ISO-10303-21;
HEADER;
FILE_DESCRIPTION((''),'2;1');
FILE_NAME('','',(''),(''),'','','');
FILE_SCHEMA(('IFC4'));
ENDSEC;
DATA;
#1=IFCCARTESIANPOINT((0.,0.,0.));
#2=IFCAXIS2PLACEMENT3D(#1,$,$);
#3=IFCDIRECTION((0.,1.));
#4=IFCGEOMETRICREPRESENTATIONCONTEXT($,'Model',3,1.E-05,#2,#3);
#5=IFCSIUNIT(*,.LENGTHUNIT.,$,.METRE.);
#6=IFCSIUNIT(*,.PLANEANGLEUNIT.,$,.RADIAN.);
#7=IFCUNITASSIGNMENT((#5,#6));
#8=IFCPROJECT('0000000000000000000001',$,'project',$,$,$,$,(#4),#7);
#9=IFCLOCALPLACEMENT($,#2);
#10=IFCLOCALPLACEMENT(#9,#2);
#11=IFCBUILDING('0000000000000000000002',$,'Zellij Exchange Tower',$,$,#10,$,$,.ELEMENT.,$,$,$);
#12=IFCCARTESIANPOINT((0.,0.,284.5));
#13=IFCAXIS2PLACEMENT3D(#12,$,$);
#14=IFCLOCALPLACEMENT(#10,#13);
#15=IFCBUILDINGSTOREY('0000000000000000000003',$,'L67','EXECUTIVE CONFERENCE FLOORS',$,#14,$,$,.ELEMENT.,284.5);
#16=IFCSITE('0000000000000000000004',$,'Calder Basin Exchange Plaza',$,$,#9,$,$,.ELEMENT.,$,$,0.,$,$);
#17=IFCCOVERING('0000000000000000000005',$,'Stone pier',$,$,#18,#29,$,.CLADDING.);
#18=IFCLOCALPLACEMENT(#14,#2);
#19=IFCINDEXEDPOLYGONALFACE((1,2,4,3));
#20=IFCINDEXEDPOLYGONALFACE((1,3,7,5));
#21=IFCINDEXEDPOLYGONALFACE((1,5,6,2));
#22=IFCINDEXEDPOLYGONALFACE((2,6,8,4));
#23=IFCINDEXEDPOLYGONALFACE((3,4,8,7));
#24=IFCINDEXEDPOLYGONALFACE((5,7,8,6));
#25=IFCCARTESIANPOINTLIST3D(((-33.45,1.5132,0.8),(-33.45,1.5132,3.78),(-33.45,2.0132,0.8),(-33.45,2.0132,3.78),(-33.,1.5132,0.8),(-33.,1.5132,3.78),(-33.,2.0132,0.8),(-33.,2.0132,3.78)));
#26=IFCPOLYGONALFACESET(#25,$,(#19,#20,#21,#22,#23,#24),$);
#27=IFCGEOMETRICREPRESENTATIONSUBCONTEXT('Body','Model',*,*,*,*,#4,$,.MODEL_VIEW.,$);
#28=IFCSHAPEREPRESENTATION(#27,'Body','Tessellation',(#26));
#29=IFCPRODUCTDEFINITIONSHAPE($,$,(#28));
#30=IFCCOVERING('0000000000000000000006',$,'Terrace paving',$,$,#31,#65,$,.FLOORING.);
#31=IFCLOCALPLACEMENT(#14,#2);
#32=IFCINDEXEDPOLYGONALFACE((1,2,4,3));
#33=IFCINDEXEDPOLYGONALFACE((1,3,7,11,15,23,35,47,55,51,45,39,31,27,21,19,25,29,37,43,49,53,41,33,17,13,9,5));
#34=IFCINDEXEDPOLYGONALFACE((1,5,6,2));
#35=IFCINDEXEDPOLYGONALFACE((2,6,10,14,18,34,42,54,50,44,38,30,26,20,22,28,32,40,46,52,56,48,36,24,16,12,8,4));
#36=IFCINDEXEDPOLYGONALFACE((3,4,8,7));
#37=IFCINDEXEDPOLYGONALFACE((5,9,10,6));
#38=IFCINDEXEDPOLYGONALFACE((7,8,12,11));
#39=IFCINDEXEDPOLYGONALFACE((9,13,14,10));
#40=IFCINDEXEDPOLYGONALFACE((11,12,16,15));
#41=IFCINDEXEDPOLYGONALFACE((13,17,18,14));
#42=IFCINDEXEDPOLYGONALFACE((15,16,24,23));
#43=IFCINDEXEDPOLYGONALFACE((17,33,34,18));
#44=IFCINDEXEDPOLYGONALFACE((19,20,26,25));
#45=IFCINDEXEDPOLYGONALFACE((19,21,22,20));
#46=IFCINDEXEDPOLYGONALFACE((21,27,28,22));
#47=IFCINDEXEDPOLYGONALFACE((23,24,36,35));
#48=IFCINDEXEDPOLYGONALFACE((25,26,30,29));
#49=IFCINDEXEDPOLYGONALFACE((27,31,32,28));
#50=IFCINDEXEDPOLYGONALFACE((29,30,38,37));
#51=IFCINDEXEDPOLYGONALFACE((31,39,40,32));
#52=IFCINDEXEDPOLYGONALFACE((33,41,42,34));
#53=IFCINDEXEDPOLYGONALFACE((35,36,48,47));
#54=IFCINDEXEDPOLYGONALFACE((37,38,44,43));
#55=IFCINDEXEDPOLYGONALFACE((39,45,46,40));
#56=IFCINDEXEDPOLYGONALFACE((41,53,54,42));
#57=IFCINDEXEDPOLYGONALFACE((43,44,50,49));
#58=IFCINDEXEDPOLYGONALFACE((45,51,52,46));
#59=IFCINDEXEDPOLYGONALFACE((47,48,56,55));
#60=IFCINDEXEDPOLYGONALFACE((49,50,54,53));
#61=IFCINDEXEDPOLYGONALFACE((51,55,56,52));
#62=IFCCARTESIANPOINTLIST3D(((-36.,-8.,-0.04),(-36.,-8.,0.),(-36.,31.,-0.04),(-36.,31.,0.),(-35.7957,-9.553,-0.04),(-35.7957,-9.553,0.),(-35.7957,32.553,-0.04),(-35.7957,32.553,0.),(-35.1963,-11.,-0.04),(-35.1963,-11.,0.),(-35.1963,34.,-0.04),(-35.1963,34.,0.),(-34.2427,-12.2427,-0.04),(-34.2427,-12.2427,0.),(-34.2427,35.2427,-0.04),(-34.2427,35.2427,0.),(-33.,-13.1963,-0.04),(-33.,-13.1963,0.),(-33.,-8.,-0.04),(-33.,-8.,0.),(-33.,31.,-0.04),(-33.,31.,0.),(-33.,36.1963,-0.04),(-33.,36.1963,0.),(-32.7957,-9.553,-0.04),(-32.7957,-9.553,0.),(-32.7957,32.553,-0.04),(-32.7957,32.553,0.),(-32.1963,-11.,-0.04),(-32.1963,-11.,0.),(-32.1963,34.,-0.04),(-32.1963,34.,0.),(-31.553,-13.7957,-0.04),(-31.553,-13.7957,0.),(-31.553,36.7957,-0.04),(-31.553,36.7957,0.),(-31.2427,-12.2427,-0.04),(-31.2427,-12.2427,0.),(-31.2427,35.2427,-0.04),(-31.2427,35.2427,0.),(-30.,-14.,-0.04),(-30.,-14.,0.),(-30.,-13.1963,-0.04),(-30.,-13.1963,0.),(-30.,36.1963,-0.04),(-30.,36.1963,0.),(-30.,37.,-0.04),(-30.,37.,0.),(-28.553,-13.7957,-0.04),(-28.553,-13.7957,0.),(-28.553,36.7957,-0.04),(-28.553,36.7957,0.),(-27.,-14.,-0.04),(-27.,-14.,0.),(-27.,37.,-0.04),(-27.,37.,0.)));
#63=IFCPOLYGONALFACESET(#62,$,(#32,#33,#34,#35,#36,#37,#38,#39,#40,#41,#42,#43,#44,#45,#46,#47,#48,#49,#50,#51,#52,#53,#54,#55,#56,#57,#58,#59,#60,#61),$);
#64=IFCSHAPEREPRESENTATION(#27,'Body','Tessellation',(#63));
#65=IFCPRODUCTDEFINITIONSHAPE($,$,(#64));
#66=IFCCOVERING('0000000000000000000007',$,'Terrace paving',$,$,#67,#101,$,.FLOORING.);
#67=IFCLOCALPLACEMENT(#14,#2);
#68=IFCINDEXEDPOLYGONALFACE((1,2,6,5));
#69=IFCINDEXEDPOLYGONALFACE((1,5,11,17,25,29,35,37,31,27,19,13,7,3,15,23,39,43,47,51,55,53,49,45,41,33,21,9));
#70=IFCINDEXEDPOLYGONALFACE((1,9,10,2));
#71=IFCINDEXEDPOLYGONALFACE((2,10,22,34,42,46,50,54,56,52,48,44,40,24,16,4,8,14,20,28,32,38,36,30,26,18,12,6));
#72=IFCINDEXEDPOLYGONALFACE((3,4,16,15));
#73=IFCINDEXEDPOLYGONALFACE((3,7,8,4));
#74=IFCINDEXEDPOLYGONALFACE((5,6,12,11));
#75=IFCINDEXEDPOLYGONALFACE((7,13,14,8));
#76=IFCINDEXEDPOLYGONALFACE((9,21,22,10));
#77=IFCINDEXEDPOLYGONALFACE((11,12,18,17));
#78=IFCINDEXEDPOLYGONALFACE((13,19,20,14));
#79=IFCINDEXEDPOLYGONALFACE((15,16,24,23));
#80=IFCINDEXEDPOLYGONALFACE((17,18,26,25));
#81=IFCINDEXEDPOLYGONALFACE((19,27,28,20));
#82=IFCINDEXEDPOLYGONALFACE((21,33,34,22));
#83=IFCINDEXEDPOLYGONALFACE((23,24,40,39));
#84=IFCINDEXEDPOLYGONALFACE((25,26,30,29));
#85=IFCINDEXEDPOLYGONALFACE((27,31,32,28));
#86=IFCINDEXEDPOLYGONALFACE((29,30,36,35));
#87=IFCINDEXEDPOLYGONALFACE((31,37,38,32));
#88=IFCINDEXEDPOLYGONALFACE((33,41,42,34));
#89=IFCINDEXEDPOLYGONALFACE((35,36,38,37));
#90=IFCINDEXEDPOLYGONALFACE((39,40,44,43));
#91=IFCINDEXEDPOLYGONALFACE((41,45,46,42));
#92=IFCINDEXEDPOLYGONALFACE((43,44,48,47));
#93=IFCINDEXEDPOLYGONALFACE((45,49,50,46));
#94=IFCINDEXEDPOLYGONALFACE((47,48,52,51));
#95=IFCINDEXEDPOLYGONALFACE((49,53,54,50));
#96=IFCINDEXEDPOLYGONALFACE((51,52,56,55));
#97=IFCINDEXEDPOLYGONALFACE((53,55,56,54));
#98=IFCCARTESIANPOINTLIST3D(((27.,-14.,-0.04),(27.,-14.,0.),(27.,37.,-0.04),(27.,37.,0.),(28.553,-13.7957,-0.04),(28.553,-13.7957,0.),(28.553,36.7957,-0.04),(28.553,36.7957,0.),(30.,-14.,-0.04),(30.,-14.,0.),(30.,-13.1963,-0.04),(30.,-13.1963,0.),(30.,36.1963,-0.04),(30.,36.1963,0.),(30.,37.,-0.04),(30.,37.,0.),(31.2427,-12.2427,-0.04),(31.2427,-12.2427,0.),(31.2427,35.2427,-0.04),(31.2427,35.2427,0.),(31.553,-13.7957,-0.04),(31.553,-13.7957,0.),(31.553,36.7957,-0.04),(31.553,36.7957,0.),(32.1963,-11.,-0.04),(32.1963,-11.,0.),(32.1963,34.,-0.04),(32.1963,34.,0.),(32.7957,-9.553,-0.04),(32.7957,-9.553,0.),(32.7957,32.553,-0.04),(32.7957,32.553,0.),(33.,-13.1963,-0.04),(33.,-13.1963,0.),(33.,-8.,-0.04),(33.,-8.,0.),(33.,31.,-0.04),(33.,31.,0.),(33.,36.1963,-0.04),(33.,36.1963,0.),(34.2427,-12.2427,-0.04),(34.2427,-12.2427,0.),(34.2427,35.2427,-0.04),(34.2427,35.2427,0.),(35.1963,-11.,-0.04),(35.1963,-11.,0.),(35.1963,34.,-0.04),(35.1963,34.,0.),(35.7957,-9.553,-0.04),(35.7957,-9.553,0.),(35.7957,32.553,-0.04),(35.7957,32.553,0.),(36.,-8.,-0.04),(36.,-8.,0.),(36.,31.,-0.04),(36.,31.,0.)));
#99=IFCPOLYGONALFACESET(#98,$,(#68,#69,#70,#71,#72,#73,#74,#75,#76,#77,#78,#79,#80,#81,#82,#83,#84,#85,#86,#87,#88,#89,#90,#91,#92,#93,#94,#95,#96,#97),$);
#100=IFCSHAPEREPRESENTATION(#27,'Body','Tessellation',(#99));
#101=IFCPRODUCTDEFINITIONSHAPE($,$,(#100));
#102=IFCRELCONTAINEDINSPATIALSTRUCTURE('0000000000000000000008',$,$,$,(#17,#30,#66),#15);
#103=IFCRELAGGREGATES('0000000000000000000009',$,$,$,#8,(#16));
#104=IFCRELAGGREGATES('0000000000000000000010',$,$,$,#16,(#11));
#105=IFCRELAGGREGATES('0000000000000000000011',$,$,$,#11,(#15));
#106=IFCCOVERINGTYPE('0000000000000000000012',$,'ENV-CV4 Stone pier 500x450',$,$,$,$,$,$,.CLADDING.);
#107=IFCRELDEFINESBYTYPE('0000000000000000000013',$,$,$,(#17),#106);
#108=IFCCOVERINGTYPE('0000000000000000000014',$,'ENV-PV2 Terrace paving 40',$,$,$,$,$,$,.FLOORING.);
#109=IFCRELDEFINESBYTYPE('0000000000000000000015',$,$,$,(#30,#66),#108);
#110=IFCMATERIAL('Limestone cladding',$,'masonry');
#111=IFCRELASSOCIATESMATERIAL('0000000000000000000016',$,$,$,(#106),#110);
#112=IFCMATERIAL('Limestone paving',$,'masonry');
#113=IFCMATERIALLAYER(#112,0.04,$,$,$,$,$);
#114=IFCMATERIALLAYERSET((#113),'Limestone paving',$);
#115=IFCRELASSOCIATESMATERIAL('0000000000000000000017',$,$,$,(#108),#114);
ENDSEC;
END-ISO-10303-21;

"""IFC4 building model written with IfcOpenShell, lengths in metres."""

from ifc_helpers import new_model, si_unit, direction, frame, origin, place, context, subcontext, project, spatial, polyline, outline, extrude, material, layer, layer_set, type_object, element, save


model = new_model("IFC4")

# Units and contexts
model_context = context("Model", 3, precision=1e-05, world=origin(), true_north=direction((0.0, 1.0)))
body_context = subcontext(model_context, "Body", "Model", "MODEL_VIEW")
ifc_project = project(units=[si_unit("LENGTHUNIT", "METRE"), si_unit("PLANEANGLEUNIT", "RADIAN")], contexts=[model_context])

# Site, building, storey
site_placement = place(None, origin())
site = spatial("IfcSite", under=ifc_project, at=site_placement, Name="Calder Basin Exchange Plaza", CompositionType="ELEMENT", RefElevation=0.0)
building_placement = place(site_placement, origin())
building = spatial("IfcBuilding", under=site, at=building_placement, Name="Zellij Exchange Tower", CompositionType="ELEMENT")
storey_placement = place(building_placement, frame((0.0, 0.0, 284.5)))
storey = spatial("IfcBuildingStorey", under=building, at=storey_placement, Name="L67", Description="EXECUTIVE CONFERENCE FLOORS", CompositionType="ELEMENT", Elevation=284.5)

# Coverings
ifc_material_1 = material(Name="Limestone cladding", Category="masonry")
covering_type_1 = type_object("IfcCoveringType", Name="ENV-CV4 Stone pier 500x450", PredefinedType="CLADDING", material=ifc_material_1)
covering_1_placement = place(storey_placement, frame((0.0, 0.0, 0.8)))
element("IfcCovering", 1, at=covering_1_placement, inside=storey, type_object=covering_type_1, Name="Stone pier", PredefinedType="CLADDING", context=body_context, shape_type="SweptSolid", body=[
    extrude(outline(polyline([(-33.0, 2.0132), (-33.0, 1.5132), (-33.45, 1.5132), (-33.45, 2.0132), (-33.0, 2.0132)])), origin(), (0.0, 0.0, 1.0), 2.98),
])
ifc_material_2 = material(Name="Limestone paving", Category="masonry")
ifc_layer_1 = layer(ifc_material_2, 0.04)
ifc_layer_set_1 = layer_set([ifc_layer_1], Name="Limestone paving")
covering_type_2 = type_object("IfcCoveringType", Name="ENV-PV2 Terrace paving 40", PredefinedType="FLOORING", material=ifc_layer_set_1)
covering_2_placement = place(storey_placement, frame((0.0, 0.0, -0.04)))
element("IfcCovering", 2, at=covering_2_placement, inside=storey, type_object=covering_type_2, Name="Terrace paving", PredefinedType="FLOORING", context=body_context, shape_type="SweptSolid", body=[
    extrude(outline(polyline([(-31.2427, -12.2427), (-32.1963, -11.0), (-32.7957, -9.553), (-33.0, -8.0), (-33.0, 31.0), (-32.7957, 32.553), (-32.1963, 34.0), (-31.2427, 35.2427), (-30.0, 36.1963), (-28.553, 36.7957), (-27.0, 37.0), (-30.0, 37.0), (-31.553, 36.7957), (-33.0, 36.1963), (-34.2427, 35.2427), (-35.1963, 34.0), (-35.7957, 32.553), (-36.0, 31.0), (-36.0, -8.0), (-35.7957, -9.553), (-35.1963, -11.0), (-34.2427, -12.2427), (-33.0, -13.1963), (-31.553, -13.7957), (-30.0, -14.0), (-27.0, -14.0), (-28.553, -13.7957), (-30.0, -13.1963), (-31.2427, -12.2427)])), origin(), (0.0, 0.0, 1.0), 0.04),
])
covering_3_placement = place(storey_placement, frame((0.0, 0.0, -0.04)))
element("IfcCovering", 3, at=covering_3_placement, inside=storey, type_object=covering_type_2, Name="Terrace paving", PredefinedType="FLOORING", context=body_context, shape_type="SweptSolid", body=[
    extrude(outline(polyline([(27.0, -14.0), (30.0, -14.0), (31.553, -13.7957), (33.0, -13.1963), (34.2427, -12.2427), (35.1963, -11.0), (35.7957, -9.553), (36.0, -8.0), (36.0, 31.0), (35.7957, 32.553), (35.1963, 34.0), (34.2427, 35.2427), (33.0, 36.1963), (31.553, 36.7957), (30.0, 37.0), (27.0, 37.0), (28.553, 36.7957), (30.0, 36.1963), (31.2427, 35.2427), (32.1963, 34.0), (32.7957, 32.553), (33.0, 31.0), (33.0, -8.0), (32.7957, -9.553), (32.1963, -11.0), (31.2427, -12.2427), (30.0, -13.1963), (28.553, -13.7957), (27.0, -14.0)])), origin(), (0.0, 0.0, 1.0), 0.04),
])

save(model, "model.ifc")
